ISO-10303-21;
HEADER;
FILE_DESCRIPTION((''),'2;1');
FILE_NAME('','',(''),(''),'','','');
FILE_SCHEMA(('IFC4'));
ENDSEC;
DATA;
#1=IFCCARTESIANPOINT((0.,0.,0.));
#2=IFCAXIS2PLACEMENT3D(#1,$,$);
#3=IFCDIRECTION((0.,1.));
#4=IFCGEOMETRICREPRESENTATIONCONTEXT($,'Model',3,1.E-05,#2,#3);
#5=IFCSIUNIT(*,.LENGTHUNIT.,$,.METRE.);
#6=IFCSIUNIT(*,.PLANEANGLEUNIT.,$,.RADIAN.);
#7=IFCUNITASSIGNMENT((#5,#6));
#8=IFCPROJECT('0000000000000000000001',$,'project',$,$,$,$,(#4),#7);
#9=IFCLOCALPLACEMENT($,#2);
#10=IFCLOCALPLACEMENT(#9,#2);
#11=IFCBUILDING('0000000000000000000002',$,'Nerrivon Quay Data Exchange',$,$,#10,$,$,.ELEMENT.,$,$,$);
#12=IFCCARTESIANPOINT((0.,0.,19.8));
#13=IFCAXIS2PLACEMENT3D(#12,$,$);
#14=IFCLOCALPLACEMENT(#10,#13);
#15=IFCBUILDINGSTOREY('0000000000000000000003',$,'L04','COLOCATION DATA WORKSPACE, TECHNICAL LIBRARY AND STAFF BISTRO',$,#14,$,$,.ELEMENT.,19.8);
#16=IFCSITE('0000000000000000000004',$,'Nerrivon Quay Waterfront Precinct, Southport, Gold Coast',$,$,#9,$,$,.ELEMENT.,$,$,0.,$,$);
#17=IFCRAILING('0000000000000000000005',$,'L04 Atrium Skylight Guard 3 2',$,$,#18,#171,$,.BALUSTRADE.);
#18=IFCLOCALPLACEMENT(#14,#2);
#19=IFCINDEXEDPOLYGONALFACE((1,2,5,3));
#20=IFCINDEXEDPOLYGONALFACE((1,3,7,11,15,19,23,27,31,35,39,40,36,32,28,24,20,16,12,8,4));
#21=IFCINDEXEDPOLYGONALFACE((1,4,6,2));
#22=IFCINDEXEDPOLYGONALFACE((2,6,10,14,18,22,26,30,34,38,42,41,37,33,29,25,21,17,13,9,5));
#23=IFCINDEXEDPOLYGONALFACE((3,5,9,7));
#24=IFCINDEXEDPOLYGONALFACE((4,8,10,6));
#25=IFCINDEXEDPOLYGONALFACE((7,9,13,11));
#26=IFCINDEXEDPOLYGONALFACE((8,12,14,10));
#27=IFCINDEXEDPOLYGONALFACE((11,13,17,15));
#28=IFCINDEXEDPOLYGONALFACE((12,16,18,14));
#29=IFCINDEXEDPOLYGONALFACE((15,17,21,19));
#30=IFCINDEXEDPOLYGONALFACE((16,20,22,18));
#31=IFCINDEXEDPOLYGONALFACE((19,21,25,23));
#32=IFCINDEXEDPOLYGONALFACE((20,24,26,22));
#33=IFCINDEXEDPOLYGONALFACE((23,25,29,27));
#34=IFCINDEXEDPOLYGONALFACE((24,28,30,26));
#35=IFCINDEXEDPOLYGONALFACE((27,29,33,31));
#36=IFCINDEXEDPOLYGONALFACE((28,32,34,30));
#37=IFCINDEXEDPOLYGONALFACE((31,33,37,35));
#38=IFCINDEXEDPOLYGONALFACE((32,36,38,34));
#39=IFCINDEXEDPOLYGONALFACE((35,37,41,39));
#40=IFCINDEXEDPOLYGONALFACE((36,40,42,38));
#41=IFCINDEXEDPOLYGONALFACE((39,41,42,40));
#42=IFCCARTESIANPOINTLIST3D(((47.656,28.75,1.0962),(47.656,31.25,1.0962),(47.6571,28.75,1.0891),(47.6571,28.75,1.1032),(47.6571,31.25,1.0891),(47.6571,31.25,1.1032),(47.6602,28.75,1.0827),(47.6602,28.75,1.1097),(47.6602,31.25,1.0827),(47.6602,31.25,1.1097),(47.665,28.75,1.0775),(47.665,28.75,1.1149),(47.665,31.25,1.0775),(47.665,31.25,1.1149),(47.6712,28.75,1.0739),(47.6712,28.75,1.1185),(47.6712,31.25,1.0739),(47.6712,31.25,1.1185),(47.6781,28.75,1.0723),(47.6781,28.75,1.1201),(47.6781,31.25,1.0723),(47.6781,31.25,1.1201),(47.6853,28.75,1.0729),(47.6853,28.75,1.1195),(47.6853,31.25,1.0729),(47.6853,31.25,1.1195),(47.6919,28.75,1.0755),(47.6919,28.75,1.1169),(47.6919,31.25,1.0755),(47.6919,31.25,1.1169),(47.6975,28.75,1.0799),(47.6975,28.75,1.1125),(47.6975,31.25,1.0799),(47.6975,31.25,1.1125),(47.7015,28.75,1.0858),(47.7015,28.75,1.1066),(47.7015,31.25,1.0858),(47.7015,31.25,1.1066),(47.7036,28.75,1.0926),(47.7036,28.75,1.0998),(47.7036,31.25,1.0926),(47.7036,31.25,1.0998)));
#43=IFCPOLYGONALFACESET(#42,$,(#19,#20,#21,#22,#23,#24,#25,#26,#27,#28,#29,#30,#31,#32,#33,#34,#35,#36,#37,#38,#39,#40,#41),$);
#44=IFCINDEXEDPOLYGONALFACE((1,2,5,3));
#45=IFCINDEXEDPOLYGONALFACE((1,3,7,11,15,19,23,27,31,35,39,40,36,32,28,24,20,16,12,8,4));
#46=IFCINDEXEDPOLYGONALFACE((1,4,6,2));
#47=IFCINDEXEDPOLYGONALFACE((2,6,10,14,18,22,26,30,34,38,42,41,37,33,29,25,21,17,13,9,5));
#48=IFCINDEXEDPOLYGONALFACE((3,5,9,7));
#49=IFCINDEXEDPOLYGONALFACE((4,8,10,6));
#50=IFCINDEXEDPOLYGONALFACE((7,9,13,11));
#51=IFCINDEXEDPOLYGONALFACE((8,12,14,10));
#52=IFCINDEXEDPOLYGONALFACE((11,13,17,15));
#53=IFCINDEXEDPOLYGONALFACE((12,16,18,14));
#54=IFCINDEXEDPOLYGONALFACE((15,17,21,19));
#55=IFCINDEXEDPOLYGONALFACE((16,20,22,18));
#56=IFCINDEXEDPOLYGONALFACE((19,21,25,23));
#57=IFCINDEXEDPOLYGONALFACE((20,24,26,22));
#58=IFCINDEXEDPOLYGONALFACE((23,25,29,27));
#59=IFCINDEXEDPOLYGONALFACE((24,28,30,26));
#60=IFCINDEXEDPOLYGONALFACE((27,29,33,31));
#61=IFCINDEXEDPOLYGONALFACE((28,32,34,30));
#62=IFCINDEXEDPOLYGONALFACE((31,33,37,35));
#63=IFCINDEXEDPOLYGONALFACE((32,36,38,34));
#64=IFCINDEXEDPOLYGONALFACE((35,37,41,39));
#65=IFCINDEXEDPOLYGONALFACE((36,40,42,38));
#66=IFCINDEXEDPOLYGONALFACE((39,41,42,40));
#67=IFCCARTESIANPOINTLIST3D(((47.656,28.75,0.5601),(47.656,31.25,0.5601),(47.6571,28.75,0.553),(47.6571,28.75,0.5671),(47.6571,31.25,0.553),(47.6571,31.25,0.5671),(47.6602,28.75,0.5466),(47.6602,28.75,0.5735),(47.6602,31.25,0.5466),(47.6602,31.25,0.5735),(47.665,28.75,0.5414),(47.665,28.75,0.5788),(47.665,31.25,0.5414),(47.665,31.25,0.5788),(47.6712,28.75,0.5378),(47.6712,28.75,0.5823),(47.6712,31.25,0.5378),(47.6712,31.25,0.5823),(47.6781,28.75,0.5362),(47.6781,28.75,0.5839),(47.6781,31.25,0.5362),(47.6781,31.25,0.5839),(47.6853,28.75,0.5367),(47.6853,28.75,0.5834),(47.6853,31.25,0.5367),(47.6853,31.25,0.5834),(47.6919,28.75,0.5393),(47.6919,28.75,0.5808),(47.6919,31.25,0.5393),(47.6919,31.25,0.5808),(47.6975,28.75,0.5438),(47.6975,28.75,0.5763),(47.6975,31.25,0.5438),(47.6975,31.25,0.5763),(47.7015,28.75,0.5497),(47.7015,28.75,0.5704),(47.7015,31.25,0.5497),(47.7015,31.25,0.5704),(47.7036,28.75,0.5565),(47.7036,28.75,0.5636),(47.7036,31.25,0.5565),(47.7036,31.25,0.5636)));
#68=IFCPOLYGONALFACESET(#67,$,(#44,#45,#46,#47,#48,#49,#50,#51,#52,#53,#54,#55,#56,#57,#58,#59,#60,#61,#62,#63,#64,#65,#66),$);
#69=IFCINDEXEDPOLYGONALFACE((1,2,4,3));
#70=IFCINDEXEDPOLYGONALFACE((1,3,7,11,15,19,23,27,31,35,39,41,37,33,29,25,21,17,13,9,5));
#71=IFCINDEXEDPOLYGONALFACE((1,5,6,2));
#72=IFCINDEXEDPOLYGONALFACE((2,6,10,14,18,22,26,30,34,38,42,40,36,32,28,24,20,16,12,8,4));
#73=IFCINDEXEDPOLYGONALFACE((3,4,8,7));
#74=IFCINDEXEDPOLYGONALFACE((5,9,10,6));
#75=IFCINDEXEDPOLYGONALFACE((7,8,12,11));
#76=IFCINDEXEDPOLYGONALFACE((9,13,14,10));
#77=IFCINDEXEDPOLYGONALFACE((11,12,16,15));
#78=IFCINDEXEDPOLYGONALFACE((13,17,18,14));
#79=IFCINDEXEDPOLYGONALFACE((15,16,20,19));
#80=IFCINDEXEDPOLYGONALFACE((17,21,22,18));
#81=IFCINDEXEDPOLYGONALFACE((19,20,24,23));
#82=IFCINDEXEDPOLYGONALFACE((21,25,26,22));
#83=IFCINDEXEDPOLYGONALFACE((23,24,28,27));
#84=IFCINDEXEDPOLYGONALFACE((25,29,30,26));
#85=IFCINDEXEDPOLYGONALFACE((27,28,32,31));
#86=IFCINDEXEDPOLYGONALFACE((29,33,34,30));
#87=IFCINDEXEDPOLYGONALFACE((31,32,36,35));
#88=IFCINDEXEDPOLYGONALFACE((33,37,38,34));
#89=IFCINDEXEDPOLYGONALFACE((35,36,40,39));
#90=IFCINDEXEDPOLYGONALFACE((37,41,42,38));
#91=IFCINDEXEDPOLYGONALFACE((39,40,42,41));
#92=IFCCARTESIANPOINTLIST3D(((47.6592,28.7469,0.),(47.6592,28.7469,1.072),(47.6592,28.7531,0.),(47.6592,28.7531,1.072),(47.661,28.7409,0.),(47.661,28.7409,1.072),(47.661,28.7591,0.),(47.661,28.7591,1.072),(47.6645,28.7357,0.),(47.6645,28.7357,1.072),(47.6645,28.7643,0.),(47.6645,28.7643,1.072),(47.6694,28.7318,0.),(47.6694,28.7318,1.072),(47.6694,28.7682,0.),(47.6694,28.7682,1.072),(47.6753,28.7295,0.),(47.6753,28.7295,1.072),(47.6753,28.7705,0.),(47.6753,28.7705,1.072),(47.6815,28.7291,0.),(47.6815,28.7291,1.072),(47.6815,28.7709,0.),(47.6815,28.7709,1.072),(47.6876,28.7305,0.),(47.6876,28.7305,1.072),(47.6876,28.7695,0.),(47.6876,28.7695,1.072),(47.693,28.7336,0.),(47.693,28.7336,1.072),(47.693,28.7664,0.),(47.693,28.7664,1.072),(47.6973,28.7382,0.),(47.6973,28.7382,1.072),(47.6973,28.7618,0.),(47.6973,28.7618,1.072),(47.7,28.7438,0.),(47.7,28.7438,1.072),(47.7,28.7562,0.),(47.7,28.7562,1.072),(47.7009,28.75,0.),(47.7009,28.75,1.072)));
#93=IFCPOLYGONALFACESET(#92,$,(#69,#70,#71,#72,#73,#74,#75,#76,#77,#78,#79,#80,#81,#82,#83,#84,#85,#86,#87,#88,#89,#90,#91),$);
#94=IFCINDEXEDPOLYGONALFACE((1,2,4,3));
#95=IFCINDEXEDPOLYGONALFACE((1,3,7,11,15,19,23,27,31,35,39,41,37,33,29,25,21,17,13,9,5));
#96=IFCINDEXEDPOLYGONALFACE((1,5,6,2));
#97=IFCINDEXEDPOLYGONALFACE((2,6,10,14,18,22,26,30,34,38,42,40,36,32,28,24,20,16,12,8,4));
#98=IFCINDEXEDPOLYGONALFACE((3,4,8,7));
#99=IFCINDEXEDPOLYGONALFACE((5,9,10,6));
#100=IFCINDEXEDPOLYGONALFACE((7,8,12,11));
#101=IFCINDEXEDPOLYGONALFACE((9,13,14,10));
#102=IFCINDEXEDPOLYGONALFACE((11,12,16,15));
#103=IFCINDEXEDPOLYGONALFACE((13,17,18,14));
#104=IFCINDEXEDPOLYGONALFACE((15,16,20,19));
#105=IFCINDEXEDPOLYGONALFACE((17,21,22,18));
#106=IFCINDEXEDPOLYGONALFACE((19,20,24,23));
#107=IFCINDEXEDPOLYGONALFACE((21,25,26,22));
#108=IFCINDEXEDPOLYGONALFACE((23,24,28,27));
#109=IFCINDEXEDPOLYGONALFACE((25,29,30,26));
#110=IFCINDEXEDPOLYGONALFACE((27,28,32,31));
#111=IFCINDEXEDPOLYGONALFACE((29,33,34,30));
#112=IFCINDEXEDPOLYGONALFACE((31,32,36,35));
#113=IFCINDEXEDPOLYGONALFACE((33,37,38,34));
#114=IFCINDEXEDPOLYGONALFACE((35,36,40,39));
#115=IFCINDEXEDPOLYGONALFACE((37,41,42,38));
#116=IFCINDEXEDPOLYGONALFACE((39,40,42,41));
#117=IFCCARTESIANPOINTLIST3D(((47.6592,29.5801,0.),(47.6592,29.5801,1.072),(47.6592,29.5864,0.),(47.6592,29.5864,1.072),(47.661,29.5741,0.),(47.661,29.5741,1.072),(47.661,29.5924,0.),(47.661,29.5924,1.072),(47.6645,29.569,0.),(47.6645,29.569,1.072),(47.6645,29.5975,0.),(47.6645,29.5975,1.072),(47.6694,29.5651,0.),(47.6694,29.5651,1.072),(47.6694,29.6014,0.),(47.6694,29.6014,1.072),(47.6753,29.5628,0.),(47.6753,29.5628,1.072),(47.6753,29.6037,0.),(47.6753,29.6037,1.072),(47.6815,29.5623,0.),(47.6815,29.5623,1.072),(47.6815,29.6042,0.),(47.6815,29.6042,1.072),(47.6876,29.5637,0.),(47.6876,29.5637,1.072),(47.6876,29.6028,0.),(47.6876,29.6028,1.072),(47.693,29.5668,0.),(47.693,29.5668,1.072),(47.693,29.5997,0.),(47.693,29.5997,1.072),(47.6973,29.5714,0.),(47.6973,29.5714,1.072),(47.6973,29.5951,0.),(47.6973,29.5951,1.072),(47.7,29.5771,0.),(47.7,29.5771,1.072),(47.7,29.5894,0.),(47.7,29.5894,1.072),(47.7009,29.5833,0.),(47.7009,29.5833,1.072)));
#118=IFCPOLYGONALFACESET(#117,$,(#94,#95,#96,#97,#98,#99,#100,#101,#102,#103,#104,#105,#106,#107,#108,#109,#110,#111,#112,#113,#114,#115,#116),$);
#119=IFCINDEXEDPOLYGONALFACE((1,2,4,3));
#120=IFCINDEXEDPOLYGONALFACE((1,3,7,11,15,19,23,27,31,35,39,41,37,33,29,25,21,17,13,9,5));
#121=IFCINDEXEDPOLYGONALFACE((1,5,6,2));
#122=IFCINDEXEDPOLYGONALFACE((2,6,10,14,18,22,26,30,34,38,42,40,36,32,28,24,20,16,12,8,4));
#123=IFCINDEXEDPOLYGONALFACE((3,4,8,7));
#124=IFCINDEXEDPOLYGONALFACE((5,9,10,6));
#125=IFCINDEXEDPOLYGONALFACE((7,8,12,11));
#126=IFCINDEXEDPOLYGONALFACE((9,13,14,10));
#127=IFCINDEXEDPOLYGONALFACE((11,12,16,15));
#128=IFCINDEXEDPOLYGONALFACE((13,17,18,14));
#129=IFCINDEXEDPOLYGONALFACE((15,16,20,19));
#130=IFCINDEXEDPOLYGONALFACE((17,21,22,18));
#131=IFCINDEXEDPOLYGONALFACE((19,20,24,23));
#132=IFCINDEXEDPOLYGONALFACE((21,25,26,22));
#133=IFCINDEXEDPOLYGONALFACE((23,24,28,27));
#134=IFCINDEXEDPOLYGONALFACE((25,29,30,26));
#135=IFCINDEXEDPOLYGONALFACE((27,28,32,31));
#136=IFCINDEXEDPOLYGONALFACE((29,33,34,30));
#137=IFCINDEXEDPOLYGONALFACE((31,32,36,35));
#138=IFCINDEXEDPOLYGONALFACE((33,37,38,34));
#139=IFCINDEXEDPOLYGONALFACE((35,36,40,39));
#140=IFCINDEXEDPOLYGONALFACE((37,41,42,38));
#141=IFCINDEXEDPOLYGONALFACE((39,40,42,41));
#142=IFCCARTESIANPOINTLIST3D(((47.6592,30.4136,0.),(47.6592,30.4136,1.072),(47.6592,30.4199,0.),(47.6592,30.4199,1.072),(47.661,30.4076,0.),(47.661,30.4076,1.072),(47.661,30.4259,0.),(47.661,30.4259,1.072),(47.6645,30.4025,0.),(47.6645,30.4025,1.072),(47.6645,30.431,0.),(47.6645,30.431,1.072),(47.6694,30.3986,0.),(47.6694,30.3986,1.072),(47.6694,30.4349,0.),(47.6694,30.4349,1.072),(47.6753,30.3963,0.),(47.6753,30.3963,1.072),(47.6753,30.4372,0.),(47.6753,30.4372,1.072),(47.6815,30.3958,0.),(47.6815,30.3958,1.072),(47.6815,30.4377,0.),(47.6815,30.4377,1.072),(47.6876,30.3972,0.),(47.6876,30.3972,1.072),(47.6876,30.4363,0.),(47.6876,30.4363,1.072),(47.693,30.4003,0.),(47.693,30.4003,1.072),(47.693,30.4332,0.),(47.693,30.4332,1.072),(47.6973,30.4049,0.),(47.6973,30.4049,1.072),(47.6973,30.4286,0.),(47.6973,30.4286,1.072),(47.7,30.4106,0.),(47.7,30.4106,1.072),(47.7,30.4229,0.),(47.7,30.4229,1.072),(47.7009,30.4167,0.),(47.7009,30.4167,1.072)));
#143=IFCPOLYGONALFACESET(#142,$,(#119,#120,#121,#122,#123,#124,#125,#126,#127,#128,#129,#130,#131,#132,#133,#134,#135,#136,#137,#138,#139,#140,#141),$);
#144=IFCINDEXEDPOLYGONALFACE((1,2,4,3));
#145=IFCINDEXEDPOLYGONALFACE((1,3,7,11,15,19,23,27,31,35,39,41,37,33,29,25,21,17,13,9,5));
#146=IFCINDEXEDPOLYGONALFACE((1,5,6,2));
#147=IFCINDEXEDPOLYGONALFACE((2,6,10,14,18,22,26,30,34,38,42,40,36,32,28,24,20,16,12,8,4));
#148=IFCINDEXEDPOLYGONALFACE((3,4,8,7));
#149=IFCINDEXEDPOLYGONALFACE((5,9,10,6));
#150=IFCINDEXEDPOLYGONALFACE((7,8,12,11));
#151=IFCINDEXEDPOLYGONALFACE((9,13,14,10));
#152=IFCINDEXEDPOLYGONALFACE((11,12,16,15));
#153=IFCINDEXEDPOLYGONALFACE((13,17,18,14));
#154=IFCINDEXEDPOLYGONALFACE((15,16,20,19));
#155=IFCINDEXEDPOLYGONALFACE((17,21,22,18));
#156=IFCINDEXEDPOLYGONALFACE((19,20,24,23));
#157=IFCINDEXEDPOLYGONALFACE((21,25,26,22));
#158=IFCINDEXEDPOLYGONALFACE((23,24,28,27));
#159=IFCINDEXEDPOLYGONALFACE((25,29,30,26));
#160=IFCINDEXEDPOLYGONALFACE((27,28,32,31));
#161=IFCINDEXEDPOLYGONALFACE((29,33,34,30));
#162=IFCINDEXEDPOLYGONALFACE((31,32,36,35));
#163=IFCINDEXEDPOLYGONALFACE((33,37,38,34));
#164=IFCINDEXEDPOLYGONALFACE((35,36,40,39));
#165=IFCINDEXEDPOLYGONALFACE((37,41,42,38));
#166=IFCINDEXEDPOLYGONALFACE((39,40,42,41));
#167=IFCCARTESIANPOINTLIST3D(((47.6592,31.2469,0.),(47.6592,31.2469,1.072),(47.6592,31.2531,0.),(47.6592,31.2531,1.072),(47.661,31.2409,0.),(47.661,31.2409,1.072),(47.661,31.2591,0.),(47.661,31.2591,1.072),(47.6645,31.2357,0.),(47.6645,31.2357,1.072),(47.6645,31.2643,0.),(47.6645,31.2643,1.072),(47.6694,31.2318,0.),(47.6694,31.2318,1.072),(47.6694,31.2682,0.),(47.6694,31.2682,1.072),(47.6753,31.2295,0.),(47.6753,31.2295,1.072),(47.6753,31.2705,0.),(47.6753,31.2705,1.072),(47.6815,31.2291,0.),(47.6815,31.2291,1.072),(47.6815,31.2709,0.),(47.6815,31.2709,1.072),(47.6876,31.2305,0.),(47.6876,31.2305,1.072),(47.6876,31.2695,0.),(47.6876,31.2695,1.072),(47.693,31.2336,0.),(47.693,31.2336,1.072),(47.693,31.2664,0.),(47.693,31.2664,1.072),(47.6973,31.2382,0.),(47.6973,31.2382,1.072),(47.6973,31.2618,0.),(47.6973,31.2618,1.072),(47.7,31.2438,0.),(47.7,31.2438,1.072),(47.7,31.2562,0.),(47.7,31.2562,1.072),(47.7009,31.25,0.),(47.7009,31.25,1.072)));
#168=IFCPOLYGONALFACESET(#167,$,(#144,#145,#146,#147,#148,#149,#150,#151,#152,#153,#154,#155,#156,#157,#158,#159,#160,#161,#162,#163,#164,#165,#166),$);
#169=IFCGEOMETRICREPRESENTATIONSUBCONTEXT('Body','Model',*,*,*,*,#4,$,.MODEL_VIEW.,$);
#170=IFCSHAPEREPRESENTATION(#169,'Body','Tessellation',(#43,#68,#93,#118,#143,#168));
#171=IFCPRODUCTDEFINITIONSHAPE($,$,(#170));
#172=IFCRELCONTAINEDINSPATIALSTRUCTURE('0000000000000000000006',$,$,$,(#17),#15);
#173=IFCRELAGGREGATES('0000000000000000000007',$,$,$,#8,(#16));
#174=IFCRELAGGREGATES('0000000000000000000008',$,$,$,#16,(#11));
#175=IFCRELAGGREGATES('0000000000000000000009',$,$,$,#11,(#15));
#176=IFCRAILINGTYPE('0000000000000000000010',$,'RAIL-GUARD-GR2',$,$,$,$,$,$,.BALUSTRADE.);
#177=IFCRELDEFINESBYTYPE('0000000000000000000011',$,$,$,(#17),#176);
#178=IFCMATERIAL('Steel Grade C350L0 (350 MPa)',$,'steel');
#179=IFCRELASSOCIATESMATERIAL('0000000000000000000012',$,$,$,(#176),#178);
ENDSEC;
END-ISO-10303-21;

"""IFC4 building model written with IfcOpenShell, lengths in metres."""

from ifc_helpers import new_model, si_unit, direction, frame, origin, origin_2d, place, context, subcontext, project, spatial, circle, extrude, material, type_object, element, save


model = new_model("IFC4")

# Units and contexts
model_context = context("Model", 3, precision=1e-05, world=origin(), true_north=direction((0.0, 1.0)))
body_context = subcontext(model_context, "Body", "Model", "MODEL_VIEW")
ifc_project = project(units=[si_unit("LENGTHUNIT", "METRE"), si_unit("PLANEANGLEUNIT", "RADIAN")], contexts=[model_context])

# Site, building, storey
site_placement = place(None, origin())
site = spatial("IfcSite", under=ifc_project, at=site_placement, Name="Nerrivon Quay Waterfront Precinct, Southport, Gold Coast", CompositionType="ELEMENT", RefElevation=0.0)
building_placement = place(site_placement, origin())
building = spatial("IfcBuilding", under=site, at=building_placement, Name="Nerrivon Quay Data Exchange", CompositionType="ELEMENT")
storey_placement = place(building_placement, frame((0.0, 0.0, 19.8)))
storey = spatial("IfcBuildingStorey", under=building, at=storey_placement, Name="L04", Description="COLOCATION DATA WORKSPACE, TECHNICAL LIBRARY AND STAFF BISTRO", CompositionType="ELEMENT", Elevation=19.8)

# Railing
ifc_material_1 = material(Name="Steel Grade C350L0 (350 MPa)", Category="steel")
railing_type = type_object("IfcRailingType", Name="RAIL-GUARD-GR2", PredefinedType="BALUSTRADE", material=ifc_material_1)
railing_1_placement = place(storey_placement, frame((47.6799, 28.75, 0.0)))
element("IfcRailing", 1, at=railing_1_placement, inside=storey, type_object=railing_type, Name="L04 Atrium Skylight Guard 3 2", PredefinedType="BALUSTRADE", context=body_context, shape_type="SweptSolid", body=[
    extrude(circle(Radius=0.0239, at=origin_2d()), frame((0.0, 0.0, 1.0962), z_axis=(0.0, 1.0, 0.0), x_axis=(-1.0, 0.0, 0.0)), (0.0, 0.0, 1.0), 2.5),
    extrude(circle(Radius=0.0239, at=origin_2d()), frame((0.0, 0.0, 0.5601), z_axis=(0.0, 1.0, 0.0), x_axis=(-1.0, 0.0, 0.0)), (0.0, 0.0, 1.0), 2.5),
    extrude(circle(Radius=0.021, at=origin_2d()), origin(), (0.0, 0.0, 1.0), 1.072),
    extrude(circle(Radius=0.021, at=origin_2d()), frame((0.0, 0.8333, 0.0)), (0.0, 0.0, 1.0), 1.072),
    extrude(circle(Radius=0.021, at=origin_2d()), frame((0.0, 1.6667, 0.0)), (0.0, 0.0, 1.0), 1.072),
    extrude(circle(Radius=0.021, at=origin_2d()), frame((0.0, 2.5, 0.0)), (0.0, 0.0, 1.0), 1.072),
])

save(model, "model.ifc")
